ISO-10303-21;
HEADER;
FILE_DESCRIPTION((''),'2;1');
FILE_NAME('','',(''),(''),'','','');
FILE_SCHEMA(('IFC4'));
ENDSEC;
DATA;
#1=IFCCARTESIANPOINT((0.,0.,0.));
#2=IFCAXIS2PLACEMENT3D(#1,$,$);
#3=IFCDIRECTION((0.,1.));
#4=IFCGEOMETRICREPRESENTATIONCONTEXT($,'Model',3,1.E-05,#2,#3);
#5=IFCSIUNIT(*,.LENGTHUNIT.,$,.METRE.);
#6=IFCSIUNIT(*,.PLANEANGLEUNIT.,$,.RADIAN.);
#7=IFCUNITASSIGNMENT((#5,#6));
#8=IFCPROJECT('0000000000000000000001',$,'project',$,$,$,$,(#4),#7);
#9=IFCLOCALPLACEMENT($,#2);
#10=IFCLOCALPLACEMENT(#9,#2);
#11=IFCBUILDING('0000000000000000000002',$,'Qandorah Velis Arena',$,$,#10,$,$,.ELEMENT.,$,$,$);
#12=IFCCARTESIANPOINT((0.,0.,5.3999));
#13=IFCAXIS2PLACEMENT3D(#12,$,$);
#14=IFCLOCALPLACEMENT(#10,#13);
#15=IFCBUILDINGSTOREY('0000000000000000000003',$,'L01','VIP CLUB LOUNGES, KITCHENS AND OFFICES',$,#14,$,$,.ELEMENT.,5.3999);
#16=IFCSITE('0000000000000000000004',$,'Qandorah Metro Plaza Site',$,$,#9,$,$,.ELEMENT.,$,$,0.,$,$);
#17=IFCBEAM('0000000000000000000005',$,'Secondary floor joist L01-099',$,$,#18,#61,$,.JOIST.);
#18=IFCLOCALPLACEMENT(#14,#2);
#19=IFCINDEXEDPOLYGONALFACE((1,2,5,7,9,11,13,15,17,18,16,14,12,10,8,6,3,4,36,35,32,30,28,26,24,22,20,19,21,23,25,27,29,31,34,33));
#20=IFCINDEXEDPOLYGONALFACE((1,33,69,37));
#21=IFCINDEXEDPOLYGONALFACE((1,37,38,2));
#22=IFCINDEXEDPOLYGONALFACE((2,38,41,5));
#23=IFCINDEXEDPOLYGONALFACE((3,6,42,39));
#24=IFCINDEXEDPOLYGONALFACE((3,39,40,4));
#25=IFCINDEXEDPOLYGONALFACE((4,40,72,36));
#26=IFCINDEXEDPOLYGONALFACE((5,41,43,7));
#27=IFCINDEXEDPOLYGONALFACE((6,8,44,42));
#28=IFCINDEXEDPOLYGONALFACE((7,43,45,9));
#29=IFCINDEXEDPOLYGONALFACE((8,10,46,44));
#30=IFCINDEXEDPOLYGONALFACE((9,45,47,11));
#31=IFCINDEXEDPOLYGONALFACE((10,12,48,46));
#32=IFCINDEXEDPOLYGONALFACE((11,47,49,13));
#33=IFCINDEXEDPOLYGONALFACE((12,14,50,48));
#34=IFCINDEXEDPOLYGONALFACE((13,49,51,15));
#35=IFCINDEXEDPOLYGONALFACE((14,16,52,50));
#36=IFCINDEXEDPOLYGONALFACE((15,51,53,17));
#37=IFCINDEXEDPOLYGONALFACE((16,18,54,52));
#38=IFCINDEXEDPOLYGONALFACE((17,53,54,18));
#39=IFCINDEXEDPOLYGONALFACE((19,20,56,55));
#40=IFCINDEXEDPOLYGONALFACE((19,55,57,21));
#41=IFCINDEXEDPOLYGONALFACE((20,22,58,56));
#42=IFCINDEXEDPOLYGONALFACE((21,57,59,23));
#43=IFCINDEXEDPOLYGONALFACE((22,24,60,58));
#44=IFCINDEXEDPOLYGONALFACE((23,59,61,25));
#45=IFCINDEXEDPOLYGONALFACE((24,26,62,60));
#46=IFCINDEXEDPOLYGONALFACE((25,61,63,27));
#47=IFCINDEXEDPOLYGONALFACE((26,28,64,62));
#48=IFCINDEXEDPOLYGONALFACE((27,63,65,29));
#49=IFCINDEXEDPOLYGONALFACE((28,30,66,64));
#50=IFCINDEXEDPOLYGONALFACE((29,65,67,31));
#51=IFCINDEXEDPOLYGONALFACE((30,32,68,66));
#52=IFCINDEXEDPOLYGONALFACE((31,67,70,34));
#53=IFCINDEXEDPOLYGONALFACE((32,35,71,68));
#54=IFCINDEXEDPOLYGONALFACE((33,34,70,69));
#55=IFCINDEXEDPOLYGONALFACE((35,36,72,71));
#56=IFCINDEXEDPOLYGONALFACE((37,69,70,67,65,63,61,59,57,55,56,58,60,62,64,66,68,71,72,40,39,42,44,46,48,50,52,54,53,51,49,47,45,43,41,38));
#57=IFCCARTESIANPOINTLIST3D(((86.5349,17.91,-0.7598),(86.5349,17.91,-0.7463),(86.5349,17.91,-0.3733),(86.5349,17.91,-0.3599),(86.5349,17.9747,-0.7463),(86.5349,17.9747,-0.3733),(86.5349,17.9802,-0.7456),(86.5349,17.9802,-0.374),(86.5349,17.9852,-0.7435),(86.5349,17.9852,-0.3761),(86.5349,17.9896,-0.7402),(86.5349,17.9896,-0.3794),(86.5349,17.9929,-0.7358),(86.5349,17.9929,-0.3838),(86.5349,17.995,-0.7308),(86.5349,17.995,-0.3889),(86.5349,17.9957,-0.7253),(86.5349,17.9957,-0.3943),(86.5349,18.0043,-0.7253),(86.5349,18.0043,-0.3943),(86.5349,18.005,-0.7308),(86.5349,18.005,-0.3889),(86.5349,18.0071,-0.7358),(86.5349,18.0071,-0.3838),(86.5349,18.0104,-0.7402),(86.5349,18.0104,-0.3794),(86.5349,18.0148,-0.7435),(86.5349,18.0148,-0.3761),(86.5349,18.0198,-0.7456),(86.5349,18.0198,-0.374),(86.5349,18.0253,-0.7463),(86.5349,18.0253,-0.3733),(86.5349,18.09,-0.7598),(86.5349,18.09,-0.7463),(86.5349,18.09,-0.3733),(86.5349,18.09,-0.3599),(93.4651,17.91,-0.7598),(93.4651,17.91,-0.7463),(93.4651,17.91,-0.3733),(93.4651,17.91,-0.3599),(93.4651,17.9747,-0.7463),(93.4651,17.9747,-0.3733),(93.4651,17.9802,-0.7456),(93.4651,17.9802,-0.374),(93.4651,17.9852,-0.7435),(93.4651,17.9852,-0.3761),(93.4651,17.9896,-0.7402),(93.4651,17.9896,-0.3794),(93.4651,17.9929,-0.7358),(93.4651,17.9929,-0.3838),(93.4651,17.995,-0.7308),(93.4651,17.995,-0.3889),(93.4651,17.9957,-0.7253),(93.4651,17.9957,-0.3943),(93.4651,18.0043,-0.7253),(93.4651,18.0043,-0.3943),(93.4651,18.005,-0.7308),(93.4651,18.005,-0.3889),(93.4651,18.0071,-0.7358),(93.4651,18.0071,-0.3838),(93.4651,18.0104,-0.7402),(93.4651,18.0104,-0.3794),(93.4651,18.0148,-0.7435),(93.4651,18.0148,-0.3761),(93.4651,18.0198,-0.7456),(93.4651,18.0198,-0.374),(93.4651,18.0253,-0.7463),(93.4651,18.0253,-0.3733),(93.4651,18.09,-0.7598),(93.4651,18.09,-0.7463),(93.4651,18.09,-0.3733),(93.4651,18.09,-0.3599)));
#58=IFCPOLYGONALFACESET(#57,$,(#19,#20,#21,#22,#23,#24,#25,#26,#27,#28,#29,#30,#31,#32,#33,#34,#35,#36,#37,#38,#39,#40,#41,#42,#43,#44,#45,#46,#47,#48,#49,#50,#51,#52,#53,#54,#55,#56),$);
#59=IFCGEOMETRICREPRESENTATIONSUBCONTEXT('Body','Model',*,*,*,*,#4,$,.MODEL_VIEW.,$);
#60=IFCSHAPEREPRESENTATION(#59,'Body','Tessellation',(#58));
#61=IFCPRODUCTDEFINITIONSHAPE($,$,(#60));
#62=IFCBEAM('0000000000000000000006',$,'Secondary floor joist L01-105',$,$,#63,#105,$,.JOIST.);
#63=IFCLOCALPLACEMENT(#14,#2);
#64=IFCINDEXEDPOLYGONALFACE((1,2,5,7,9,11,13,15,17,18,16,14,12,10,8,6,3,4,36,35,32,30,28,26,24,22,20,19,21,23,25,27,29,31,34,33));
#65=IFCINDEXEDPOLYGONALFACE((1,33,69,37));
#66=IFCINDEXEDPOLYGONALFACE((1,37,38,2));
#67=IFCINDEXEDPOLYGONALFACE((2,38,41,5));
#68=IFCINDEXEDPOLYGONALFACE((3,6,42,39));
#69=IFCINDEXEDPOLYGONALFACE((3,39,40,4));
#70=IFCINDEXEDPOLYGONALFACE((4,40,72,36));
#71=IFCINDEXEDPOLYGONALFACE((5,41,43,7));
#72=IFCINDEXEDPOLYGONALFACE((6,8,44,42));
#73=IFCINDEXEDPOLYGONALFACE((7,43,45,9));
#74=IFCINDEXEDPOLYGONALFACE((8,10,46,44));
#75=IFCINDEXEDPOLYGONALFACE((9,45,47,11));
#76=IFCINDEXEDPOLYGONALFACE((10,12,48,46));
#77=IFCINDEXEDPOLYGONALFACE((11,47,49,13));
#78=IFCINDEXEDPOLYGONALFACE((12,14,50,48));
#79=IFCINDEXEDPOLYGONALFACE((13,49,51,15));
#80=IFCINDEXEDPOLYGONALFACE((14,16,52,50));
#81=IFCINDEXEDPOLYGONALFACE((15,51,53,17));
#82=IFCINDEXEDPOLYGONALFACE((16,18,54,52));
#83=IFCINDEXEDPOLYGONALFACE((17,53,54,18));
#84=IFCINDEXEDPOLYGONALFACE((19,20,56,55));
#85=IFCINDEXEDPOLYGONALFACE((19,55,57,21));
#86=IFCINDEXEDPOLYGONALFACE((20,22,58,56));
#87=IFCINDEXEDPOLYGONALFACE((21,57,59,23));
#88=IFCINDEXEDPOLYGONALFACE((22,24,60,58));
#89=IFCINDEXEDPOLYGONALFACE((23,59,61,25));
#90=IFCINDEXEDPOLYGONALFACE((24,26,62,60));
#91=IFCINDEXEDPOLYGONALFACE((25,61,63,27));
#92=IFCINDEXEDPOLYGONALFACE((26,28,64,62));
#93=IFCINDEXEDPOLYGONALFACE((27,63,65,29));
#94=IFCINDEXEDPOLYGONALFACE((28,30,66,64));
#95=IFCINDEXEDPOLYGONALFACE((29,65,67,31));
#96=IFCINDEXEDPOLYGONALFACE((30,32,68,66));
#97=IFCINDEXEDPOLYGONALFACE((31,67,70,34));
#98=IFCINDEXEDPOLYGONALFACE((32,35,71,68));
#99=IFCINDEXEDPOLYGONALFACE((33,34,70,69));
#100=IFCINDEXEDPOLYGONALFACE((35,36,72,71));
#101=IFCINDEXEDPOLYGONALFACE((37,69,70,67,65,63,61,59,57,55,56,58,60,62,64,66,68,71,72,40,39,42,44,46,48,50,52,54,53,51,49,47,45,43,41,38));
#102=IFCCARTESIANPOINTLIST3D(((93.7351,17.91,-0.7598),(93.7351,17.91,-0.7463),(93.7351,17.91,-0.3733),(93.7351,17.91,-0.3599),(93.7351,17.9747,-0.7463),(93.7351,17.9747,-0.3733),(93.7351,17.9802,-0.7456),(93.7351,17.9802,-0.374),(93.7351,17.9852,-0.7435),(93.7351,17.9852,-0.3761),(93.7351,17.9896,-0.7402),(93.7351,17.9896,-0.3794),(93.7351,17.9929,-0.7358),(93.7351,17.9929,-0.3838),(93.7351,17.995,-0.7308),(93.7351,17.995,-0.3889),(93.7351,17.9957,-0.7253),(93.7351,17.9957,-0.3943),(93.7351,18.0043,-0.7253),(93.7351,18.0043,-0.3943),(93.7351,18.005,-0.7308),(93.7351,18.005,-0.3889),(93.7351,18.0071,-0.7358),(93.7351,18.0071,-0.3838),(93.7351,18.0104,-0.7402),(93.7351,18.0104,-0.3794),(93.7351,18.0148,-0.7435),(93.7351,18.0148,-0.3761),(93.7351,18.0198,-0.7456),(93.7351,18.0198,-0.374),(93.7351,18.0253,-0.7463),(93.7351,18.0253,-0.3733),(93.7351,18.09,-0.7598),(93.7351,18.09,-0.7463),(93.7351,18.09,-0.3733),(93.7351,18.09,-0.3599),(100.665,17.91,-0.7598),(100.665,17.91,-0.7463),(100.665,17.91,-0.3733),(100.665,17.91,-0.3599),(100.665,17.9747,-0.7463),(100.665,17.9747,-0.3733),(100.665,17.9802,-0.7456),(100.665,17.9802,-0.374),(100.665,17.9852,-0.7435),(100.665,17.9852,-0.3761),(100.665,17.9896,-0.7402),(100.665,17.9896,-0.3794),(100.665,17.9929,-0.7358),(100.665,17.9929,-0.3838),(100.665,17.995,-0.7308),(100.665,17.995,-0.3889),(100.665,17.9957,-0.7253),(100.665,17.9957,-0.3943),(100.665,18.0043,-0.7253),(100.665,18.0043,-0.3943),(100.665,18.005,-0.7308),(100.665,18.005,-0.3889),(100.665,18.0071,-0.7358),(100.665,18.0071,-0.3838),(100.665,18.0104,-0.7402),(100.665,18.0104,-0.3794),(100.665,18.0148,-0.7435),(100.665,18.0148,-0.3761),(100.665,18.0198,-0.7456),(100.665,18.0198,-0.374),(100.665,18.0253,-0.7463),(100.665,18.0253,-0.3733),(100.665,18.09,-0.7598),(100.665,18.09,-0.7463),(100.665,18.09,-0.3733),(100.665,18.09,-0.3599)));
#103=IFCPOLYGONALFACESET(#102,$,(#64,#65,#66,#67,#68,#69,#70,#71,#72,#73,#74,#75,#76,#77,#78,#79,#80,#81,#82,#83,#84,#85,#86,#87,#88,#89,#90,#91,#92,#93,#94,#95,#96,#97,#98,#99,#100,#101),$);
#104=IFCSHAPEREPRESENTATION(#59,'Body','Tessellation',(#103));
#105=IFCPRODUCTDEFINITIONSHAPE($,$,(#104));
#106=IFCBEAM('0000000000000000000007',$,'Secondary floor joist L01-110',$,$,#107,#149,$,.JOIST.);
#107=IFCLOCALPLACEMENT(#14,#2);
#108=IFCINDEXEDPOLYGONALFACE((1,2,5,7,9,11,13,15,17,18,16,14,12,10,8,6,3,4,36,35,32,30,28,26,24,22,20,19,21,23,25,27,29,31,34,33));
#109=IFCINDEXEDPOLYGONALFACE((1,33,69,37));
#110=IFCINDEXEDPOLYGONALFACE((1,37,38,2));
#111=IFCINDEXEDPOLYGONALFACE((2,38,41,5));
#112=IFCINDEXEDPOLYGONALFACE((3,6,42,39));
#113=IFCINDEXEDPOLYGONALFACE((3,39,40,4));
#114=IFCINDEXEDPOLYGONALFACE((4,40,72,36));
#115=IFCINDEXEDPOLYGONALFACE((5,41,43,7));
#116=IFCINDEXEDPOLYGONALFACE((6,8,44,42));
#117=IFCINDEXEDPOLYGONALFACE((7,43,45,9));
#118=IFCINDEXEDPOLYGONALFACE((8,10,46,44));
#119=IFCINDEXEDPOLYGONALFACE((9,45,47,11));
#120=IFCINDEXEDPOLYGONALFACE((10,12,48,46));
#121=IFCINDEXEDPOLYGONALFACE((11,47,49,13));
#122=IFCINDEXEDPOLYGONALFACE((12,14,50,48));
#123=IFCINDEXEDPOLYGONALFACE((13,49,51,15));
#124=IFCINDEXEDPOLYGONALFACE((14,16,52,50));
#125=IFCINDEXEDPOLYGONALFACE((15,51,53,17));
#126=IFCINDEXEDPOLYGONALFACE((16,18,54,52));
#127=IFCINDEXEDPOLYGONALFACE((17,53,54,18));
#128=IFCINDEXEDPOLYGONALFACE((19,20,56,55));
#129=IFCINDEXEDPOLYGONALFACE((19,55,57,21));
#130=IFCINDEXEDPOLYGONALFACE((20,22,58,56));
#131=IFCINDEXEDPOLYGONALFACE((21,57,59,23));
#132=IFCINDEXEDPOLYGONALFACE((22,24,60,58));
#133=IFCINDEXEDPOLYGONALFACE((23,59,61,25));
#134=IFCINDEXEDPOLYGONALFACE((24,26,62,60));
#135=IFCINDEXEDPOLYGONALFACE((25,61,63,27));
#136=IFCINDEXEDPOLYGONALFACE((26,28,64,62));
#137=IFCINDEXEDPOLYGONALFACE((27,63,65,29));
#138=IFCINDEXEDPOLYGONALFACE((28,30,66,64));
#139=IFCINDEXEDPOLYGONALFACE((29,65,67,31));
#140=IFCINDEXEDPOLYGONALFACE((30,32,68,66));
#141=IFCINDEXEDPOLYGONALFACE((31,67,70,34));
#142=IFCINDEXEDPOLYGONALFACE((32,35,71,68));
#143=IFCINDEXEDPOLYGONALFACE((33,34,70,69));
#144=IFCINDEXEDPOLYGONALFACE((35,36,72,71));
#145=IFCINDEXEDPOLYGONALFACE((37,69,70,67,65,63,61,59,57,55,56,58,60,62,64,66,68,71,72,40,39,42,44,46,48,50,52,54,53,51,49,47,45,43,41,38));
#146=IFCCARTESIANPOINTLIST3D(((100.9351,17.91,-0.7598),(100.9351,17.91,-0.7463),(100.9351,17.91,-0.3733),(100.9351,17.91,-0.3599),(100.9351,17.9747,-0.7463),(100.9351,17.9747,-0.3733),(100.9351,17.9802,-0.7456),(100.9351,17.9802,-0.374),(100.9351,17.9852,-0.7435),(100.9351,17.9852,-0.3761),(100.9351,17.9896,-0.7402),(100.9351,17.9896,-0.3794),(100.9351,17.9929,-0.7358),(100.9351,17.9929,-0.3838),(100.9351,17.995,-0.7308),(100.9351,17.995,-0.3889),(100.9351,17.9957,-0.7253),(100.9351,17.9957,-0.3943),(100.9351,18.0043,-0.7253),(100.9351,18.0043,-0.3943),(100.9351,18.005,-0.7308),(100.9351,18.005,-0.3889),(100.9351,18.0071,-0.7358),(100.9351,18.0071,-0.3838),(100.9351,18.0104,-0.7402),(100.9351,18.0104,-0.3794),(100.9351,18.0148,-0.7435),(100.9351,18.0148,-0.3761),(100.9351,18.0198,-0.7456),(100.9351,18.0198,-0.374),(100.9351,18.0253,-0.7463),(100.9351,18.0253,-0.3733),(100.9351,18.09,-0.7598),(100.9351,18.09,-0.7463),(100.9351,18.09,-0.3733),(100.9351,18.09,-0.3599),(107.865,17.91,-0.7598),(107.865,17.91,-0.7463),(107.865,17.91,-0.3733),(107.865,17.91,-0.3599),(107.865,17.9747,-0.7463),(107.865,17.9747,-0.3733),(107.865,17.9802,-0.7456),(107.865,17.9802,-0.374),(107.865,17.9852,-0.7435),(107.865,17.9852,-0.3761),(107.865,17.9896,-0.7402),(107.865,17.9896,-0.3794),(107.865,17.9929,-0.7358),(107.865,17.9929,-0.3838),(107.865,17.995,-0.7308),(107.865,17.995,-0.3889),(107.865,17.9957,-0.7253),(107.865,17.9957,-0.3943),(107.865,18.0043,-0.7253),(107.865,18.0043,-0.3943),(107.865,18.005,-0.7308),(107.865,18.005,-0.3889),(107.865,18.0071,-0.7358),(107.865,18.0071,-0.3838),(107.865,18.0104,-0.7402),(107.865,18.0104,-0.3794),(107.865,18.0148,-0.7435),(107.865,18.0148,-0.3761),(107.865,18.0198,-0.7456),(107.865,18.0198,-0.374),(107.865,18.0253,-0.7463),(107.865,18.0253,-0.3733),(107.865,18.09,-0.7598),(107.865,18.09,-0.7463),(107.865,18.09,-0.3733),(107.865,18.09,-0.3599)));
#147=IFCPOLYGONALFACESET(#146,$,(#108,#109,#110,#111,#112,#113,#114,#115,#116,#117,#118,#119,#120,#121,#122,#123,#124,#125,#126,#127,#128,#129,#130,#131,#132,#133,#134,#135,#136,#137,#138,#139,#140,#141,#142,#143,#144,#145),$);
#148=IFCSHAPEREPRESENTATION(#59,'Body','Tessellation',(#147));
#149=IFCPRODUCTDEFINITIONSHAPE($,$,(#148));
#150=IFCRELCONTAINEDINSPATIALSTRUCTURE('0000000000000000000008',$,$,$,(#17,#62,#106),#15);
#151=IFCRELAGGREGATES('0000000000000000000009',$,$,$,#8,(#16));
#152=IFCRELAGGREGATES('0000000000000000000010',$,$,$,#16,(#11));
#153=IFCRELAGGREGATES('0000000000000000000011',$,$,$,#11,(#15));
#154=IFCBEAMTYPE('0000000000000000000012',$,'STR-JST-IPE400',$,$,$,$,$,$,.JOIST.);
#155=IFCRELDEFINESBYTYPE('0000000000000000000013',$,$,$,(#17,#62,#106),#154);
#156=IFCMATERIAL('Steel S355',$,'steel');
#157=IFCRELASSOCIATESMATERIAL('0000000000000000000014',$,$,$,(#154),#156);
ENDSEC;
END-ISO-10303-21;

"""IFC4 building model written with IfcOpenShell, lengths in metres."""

from ifc_helpers import new_model, si_unit, direction, frame, origin, origin_2d, place, context, subcontext, project, spatial, i_section, extrude, material, material_profile, profile_set, type_object, element, save


model = new_model("IFC4")

# Units and contexts
model_context = context("Model", 3, precision=1e-05, world=origin(), true_north=direction((0.0, 1.0)))
body_context = subcontext(model_context, "Body", "Model", "MODEL_VIEW")
ifc_project = project(units=[si_unit("LENGTHUNIT", "METRE"), si_unit("PLANEANGLEUNIT", "RADIAN")], contexts=[model_context])

# Site, building, storey
site_placement = place(None, origin())
site = spatial("IfcSite", under=ifc_project, at=site_placement, Name="Qandorah Metro Plaza Site", CompositionType="ELEMENT", RefElevation=0.0)
building_placement = place(site_placement, origin())
building = spatial("IfcBuilding", under=site, at=building_placement, Name="Qandorah Velis Arena", CompositionType="ELEMENT")
storey_placement = place(building_placement, frame((0.0, 0.0, 5.3999)))
storey = spatial("IfcBuildingStorey", under=building, at=storey_placement, Name="L01", Description="VIP CLUB LOUNGES, KITCHENS AND OFFICES", CompositionType="ELEMENT", Elevation=5.3999)

# Beams
ifc_material_1 = material(Name="Steel S355", Category="steel")
ifc_material_profile_1 = material_profile(ifc_material_1, i_section(OverallWidth=0.1799, OverallDepth=0.3999, WebThickness=0.0085, FlangeThickness=0.0134, FilletRadius=0.021, at=origin_2d()), Name="IPE 400")
ifc_profile_set_1 = profile_set([ifc_material_profile_1], Name="Steel S355")
beam_type_1 = type_object("IfcBeamType", Name="STR-JST-IPE400", PredefinedType="JOIST", material=ifc_profile_set_1)
beam_1_placement = place(storey_placement, frame((86.5349, 18.0, -0.5598), z_axis=(1.0, 0.0, 0.0), x_axis=(0.0, 1.0, 0.0)))
element("IfcBeam", 1, at=beam_1_placement, inside=storey, type_object=beam_type_1, Name="Secondary floor joist L01-099", PredefinedType="JOIST", context=body_context, shape_type="SweptSolid", body=[
    extrude(i_section(OverallWidth=0.1799, OverallDepth=0.3999, WebThickness=0.0085, FlangeThickness=0.0134, FilletRadius=0.021, at=origin_2d()), origin(), (0.0, 0.0, 1.0), 6.9302),
])
for number, where, z_axis, x_axis, name in (
    (2, (93.7351, 18.0, -0.5598), (1.0, 0.0, 0.0), (0.0, 1.0, 0.0), "Secondary floor joist L01-105"),
    (3, (100.9351, 18.0, -0.5598), (1.0, 0.0, 0.0), (0.0, 1.0, 0.0), "Secondary floor joist L01-110"),
):
    element("IfcBeam", number, at=place(storey_placement, frame(where, z_axis=z_axis, x_axis=x_axis)), inside=storey, type_object=beam_type_1, Name=name, PredefinedType="JOIST", context=body_context, shape_type="SweptSolid", body=[
        extrude(i_section(OverallWidth=0.1799, OverallDepth=0.3999, WebThickness=0.0085, FlangeThickness=0.0134, FilletRadius=0.021, at=origin_2d()), origin(), (0.0, 0.0, 1.0), 6.9299),
    ])

save(model, "model.ifc")
